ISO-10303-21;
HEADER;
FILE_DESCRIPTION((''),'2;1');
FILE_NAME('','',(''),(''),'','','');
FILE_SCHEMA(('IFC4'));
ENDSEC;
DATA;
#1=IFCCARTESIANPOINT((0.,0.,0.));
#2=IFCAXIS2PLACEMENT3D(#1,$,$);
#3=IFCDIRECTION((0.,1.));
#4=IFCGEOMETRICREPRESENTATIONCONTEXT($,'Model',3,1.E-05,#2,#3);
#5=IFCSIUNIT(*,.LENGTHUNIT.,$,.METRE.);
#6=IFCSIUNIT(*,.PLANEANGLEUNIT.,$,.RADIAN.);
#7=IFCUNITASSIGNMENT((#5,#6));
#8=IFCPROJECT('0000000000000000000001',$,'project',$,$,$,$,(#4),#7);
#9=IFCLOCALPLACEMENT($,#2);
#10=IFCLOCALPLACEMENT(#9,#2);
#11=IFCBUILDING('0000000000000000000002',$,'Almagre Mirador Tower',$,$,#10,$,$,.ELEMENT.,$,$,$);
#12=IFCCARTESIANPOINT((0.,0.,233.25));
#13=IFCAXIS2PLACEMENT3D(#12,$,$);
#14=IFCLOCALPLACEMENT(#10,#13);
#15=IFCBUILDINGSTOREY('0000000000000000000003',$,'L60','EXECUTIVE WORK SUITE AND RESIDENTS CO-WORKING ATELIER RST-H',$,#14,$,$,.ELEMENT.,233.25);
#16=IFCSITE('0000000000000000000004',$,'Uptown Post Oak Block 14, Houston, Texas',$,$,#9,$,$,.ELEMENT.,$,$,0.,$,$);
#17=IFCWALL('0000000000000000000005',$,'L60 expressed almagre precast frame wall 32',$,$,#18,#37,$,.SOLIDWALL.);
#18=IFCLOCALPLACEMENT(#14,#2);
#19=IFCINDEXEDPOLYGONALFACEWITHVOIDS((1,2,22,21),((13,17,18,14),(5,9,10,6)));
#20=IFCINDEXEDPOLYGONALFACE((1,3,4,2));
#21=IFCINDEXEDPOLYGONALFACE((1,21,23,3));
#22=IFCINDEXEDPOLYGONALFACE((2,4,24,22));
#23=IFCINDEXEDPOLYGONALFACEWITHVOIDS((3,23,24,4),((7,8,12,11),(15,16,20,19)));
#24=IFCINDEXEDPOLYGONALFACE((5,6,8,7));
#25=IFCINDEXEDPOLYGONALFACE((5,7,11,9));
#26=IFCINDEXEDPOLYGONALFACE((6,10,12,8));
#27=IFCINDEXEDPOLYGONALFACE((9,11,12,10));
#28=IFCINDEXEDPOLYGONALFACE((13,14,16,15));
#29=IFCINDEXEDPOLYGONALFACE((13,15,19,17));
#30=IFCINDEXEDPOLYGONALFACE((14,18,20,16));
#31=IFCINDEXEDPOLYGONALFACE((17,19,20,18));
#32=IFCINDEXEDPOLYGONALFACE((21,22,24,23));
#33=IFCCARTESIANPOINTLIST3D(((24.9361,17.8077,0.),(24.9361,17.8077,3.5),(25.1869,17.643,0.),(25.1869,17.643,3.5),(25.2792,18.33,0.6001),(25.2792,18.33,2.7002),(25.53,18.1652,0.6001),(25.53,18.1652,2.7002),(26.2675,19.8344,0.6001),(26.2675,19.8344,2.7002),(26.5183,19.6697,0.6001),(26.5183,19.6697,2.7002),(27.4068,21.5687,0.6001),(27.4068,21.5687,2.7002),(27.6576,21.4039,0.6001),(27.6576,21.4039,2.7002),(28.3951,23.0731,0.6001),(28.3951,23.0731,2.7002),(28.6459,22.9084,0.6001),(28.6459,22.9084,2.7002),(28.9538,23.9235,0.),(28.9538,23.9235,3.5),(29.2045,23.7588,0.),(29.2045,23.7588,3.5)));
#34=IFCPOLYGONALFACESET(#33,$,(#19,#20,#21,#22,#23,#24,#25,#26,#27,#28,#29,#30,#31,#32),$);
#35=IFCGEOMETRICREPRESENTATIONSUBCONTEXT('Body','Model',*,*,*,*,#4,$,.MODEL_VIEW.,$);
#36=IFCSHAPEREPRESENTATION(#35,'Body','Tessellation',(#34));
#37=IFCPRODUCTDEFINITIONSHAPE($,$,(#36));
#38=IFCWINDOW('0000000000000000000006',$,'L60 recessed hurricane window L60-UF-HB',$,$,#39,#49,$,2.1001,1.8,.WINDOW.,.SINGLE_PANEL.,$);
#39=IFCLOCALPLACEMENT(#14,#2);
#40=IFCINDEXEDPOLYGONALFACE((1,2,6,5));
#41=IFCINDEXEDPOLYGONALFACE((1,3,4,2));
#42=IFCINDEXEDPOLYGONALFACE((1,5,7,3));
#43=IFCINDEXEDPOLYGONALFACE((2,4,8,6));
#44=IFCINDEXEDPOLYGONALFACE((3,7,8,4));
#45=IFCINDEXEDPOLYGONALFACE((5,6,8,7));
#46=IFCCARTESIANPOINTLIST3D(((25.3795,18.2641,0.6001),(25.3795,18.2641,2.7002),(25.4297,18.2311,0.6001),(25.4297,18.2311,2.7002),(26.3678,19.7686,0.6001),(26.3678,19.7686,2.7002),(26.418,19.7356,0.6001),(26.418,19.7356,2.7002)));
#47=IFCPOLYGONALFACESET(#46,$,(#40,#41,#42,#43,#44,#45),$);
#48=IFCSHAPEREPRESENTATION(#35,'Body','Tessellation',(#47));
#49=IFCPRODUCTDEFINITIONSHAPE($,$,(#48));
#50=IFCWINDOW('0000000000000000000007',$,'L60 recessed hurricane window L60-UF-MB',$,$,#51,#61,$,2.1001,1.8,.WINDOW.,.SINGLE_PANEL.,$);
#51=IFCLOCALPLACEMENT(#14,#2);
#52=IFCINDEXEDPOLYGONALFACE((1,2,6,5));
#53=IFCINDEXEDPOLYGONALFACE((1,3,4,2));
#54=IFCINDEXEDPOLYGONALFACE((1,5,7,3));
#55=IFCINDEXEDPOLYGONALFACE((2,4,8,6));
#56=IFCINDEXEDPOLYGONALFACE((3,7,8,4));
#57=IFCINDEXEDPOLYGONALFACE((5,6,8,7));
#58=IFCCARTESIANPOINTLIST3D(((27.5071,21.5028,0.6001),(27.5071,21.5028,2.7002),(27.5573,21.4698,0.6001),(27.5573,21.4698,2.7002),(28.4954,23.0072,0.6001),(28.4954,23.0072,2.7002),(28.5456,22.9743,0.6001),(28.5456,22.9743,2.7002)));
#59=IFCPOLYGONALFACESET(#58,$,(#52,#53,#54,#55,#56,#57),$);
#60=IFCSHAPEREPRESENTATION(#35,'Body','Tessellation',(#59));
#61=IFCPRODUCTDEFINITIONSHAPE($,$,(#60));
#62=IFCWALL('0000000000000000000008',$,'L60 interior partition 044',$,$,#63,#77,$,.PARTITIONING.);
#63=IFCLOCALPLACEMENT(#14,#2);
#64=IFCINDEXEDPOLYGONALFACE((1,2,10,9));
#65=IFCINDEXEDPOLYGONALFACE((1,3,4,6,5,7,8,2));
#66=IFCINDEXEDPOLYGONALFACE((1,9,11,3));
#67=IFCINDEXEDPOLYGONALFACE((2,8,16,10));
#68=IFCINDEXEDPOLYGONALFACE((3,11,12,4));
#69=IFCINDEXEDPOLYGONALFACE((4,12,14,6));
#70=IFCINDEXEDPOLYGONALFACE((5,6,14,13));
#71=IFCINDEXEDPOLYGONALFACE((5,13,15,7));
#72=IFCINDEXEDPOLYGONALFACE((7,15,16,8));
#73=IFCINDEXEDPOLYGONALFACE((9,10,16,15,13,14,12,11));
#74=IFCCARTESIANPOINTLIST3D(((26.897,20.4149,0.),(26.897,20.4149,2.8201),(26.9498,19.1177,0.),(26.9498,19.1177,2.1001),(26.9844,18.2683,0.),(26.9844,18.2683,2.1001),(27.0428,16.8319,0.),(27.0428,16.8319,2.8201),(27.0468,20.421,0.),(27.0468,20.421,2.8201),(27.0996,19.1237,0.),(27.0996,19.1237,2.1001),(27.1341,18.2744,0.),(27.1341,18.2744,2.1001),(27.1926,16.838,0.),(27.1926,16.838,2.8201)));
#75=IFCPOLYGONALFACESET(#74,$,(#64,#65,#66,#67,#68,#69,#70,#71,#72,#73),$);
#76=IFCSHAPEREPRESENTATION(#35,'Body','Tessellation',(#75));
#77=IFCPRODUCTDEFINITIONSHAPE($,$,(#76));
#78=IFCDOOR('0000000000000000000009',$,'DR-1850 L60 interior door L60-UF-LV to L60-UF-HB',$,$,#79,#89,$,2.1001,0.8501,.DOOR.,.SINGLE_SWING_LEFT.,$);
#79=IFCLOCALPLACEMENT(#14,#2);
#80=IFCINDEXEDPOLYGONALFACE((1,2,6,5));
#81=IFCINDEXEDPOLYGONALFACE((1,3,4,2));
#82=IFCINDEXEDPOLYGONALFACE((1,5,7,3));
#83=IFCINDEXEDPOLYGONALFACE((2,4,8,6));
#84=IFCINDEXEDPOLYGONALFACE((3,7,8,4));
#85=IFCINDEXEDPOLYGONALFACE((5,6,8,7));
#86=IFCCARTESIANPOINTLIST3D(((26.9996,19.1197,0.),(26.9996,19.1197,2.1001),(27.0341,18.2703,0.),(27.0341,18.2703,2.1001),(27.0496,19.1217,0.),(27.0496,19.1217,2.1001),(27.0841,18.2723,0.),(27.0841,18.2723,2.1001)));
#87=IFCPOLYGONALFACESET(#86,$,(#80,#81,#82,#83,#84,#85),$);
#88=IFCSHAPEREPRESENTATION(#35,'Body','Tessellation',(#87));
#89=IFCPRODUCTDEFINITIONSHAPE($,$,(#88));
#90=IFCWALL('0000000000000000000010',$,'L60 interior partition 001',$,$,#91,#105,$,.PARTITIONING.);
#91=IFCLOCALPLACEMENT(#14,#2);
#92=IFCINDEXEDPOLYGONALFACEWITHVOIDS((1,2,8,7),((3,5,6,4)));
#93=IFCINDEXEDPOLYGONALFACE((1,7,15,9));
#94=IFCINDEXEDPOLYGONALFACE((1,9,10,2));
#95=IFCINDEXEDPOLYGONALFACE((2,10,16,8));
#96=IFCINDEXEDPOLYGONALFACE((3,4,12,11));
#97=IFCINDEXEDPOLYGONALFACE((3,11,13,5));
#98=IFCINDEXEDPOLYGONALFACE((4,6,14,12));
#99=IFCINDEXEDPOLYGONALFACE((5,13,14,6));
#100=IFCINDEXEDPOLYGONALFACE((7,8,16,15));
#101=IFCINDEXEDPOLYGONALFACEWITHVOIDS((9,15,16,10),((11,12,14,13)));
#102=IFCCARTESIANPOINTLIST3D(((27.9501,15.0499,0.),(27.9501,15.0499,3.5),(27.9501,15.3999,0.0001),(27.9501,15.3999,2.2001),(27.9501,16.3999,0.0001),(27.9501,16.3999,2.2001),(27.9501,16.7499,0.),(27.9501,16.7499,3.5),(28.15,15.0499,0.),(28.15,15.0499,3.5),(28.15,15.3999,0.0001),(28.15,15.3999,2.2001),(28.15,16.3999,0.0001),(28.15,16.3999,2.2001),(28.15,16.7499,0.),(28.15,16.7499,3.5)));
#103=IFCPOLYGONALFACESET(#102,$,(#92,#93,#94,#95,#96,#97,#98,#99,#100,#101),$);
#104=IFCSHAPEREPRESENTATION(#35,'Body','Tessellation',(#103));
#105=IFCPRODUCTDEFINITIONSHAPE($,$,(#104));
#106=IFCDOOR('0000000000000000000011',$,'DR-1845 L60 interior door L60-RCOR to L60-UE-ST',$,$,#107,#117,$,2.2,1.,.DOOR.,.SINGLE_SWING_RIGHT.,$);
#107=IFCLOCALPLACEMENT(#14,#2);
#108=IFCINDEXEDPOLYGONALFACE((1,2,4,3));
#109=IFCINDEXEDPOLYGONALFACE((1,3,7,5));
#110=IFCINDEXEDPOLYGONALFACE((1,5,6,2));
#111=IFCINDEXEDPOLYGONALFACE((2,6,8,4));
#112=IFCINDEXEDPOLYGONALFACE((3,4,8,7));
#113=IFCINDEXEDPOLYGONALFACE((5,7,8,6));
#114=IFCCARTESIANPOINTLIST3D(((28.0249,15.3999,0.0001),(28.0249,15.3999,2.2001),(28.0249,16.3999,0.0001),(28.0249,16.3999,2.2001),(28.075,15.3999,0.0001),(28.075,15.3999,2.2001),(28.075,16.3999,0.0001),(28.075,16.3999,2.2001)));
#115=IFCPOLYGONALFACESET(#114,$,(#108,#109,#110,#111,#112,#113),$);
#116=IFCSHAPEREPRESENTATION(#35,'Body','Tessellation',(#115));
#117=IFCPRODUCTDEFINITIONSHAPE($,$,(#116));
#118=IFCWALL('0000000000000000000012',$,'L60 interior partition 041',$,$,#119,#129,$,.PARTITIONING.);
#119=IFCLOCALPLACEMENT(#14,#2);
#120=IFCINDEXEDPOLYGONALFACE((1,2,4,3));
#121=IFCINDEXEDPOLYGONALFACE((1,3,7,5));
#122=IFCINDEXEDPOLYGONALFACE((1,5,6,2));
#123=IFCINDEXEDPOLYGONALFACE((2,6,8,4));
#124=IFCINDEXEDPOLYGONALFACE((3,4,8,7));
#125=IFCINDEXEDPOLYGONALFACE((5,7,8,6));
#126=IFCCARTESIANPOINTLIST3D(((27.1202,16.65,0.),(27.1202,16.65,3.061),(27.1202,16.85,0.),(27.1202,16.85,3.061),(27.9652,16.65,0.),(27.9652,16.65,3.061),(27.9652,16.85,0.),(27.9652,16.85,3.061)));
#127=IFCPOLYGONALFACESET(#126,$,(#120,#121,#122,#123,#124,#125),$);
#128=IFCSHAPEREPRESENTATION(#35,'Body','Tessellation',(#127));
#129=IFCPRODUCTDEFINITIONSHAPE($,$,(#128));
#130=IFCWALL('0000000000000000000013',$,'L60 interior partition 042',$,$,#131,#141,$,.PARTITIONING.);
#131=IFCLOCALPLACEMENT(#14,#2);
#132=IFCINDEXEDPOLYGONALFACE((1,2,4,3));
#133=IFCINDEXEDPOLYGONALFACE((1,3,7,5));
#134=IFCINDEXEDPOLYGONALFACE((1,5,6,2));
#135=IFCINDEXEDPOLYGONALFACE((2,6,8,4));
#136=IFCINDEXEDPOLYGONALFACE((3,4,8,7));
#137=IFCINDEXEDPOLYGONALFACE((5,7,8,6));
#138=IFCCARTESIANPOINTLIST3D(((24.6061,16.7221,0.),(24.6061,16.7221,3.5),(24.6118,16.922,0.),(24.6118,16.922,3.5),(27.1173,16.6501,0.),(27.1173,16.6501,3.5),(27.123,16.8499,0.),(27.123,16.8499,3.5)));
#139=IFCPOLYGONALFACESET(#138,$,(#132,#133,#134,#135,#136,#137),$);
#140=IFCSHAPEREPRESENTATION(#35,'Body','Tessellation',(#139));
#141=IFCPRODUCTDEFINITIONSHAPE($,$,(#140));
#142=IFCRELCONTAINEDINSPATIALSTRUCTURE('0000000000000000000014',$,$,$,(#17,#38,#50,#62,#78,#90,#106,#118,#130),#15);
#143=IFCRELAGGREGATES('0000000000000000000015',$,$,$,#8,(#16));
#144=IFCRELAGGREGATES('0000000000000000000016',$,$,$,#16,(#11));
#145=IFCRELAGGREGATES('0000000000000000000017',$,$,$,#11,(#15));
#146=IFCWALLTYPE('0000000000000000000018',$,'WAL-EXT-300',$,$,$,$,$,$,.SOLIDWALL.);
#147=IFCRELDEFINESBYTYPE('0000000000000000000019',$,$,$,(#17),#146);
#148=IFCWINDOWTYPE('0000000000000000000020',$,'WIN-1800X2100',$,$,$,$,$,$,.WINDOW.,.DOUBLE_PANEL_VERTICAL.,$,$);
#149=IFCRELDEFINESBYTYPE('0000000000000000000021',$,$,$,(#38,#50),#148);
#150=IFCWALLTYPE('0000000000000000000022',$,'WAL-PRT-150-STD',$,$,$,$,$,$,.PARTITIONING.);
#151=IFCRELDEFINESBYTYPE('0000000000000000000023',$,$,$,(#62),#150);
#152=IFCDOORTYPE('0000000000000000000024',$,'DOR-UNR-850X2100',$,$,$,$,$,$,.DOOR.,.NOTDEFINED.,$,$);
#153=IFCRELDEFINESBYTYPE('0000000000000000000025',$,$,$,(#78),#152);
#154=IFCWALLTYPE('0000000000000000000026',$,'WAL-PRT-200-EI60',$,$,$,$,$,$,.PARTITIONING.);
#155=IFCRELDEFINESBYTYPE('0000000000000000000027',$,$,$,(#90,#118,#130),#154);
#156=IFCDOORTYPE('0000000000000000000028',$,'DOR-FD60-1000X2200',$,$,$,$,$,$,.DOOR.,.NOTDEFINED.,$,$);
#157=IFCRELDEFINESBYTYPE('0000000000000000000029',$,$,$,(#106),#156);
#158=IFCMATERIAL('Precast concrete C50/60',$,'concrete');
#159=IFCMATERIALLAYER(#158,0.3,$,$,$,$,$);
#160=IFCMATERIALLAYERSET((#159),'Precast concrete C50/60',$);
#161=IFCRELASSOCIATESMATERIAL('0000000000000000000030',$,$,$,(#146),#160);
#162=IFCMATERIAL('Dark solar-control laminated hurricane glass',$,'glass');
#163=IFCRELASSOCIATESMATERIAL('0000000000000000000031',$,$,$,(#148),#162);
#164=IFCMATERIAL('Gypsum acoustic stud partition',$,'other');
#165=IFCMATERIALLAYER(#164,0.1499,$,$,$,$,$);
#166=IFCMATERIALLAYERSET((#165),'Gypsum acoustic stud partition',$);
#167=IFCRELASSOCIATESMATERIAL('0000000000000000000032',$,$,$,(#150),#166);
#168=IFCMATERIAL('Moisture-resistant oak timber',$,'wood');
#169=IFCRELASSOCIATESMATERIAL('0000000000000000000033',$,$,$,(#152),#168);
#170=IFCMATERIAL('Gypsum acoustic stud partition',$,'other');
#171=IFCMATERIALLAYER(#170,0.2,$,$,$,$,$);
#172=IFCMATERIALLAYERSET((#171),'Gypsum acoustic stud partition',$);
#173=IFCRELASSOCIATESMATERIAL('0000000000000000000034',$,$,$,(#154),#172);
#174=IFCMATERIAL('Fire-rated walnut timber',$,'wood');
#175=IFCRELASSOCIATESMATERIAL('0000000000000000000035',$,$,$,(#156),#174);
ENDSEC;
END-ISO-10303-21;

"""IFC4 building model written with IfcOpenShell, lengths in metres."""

from ifc_helpers import new_model, si_unit, direction, frame, frame_2d, origin, place, context, subcontext, project, spatial, rectangle, extrude, material, layer, layer_set, type_object, element, fill, save


model = new_model("IFC4")

# Units and contexts
model_context = context("Model", 3, precision=1e-05, world=origin(), true_north=direction((0.0, 1.0)))
body_context = subcontext(model_context, "Body", "Model", "MODEL_VIEW")
ifc_project = project(units=[si_unit("LENGTHUNIT", "METRE"), si_unit("PLANEANGLEUNIT", "RADIAN")], contexts=[model_context])

# Site, building, storey
site_placement = place(None, origin())
site = spatial("IfcSite", under=ifc_project, at=site_placement, Name="Uptown Post Oak Block 14, Houston, Texas", CompositionType="ELEMENT", RefElevation=0.0)
building_placement = place(site_placement, origin())
building = spatial("IfcBuilding", under=site, at=building_placement, Name="Almagre Mirador Tower", CompositionType="ELEMENT")
storey_placement = place(building_placement, frame((0.0, 0.0, 233.25)))
storey = spatial("IfcBuildingStorey", under=building, at=storey_placement, Name="L60", Description="EXECUTIVE WORK SUITE AND RESIDENTS CO-WORKING ATELIER RST-H", CompositionType="ELEMENT", Elevation=233.25)

# Shared definitions
ifc_material_1 = material(Name="Precast concrete C50/60", Category="concrete")
ifc_layer_1 = layer(ifc_material_1, 0.3)
ifc_layer_set_1 = layer_set([ifc_layer_1], Name="Precast concrete C50/60")
wall_type_1 = type_object("IfcWallType", Name="WAL-EXT-300", PredefinedType="SOLIDWALL", material=ifc_layer_set_1)

# Wall, openings, windows
wall_1_placement = place(storey_placement, frame((25.0615, 17.7253, 0.0), z_axis=(0.0, 0.0, 1.0), x_axis=(0.549051, 0.835789, 0.0)))
wall_1 = element("IfcWall", 1, at=wall_1_placement, inside=storey, type_object=wall_type_1, Name="L60 expressed almagre precast frame wall 32", PredefinedType="SOLIDWALL", context=body_context, shape_type="SweptSolid", body=[
    extrude(rectangle(XDim=7.3174, YDim=0.3, at=frame_2d((3.6587, 0.0))), origin(), (0.0, 0.0, 1.0), 3.5),
])
opening_1_placement = place(wall_1_placement, frame((0.625, 0.0, 0.6001)))
opening_1 = element("IfcOpeningElement", 2, at=opening_1_placement, cuts=wall_1, PredefinedType="OPENING", context=body_context, shape_type="SweptSolid", body=[
    extrude(rectangle(XDim=1.8, YDim=2.1001, at=frame_2d((0.8999, 1.05))), frame((0.0, 0.1599, 0.0), z_axis=(0.0, -1.0, 0.0), x_axis=(1.0, 0.0, 0.0)), (0.0, 0.0, 1.0), 0.32),
])
opening_2_placement = place(wall_1_placement, frame((4.5, 0.0, 0.6001)))
opening_2 = element("IfcOpeningElement", 3, at=opening_2_placement, cuts=wall_1, PredefinedType="OPENING", context=body_context, shape_type="SweptSolid", body=[
    extrude(rectangle(XDim=1.8, YDim=2.1001, at=frame_2d((0.8999, 1.05))), frame((0.0, 0.1599, 0.0), z_axis=(0.0, -1.0, 0.0), x_axis=(1.0, 0.0, 0.0)), (0.0, 0.0, 1.0), 0.32),
])
ifc_material_2 = material(Name="Dark solar-control laminated hurricane glass", Category="glass")
window_type_1 = type_object("IfcWindowType", Name="WIN-1800X2100", PartitioningType="DOUBLE_PANEL_VERTICAL", PredefinedType="WINDOW", material=ifc_material_2)
window_1_placement = place(opening_1_placement, origin())
window_1 = element("IfcWindow", 4, at=window_1_placement, inside=storey, type_object=window_type_1, Name="L60 recessed hurricane window L60-UF-HB", OverallHeight=2.1001, OverallWidth=1.8, PartitioningType="SINGLE_PANEL", PredefinedType="WINDOW", context=body_context, shape_type="SweptSolid", body=[
    extrude(rectangle(XDim=1.8, YDim=2.1001, at=frame_2d((0.8999, 1.05))), frame((0.0, 0.03, 0.0), z_axis=(0.0, -1.0, 0.0), x_axis=(1.0, 0.0, 0.0)), (0.0, 0.0, 1.0), 0.0601),
])
fill(opening_1, window_1)
window_2_placement = place(opening_2_placement, origin())
window_2 = element("IfcWindow", 5, at=window_2_placement, inside=storey, type_object=window_type_1, Name="L60 recessed hurricane window L60-UF-MB", OverallHeight=2.1001, OverallWidth=1.8, PartitioningType="SINGLE_PANEL", PredefinedType="WINDOW", context=body_context, shape_type="SweptSolid", body=[
    extrude(rectangle(XDim=1.8, YDim=2.1001, at=frame_2d((0.8999, 1.05))), frame((0.0, 0.03, 0.0), z_axis=(0.0, -1.0, 0.0), x_axis=(1.0, 0.0, 0.0)), (0.0, 0.0, 1.0), 0.0601),
])
fill(opening_2, window_2)

# Walls, openings, doors
ifc_material_3 = material(Name="Gypsum acoustic stud partition", Category="other")
ifc_layer_2 = layer(ifc_material_3, 0.1499)
ifc_layer_set_2 = layer_set([ifc_layer_2], Name="Gypsum acoustic stud partition")
wall_type_2 = type_object("IfcWallType", Name="WAL-PRT-150-STD", PredefinedType="PARTITIONING", material=ifc_layer_set_2)
wall_2_placement = place(storey_placement, frame((26.9719, 20.418, 0.0), z_axis=(0.0, 0.0, 1.0), x_axis=(0.040645, -0.999174, 0.0)))
wall_2 = element("IfcWall", 6, at=wall_2_placement, inside=storey, type_object=wall_type_2, Name="L60 interior partition 044", PredefinedType="PARTITIONING", context=body_context, shape_type="SweptSolid", body=[
    extrude(rectangle(XDim=3.5859, YDim=0.1499, at=frame_2d((1.793, 0.0))), origin(), (0.0, 0.0, 1.0), 2.8201),
])
opening_3_placement = place(wall_2_placement, frame((1.2983, 0.0, 0.0)))
opening_3 = element("IfcOpeningElement", 7, at=opening_3_placement, cuts=wall_2, PredefinedType="OPENING", context=body_context, shape_type="SweptSolid", body=[
    extrude(rectangle(XDim=0.8501, YDim=2.1001, at=frame_2d((0.425, 1.05))), frame((0.0, 0.085, 0.0), z_axis=(0.0, -1.0, 0.0), x_axis=(1.0, 0.0, 0.0)), (0.0, 0.0, 1.0), 0.1699),
])
ifc_material_4 = material(Name="Moisture-resistant oak timber", Category="wood")
door_type_1 = type_object("IfcDoorType", Name="DOR-UNR-850X2100", OperationType="NOTDEFINED", PredefinedType="DOOR", material=ifc_material_4)
door_1_placement = place(opening_3_placement, origin())
door_1 = element("IfcDoor", 8, at=door_1_placement, inside=storey, type_object=door_type_1, Name="DR-1850 L60 interior door L60-UF-LV to L60-UF-HB", OperationType="SINGLE_SWING_LEFT", OverallHeight=2.1001, OverallWidth=0.8501, PredefinedType="DOOR", context=body_context, shape_type="SweptSolid", body=[
    extrude(rectangle(XDim=0.8501, YDim=2.1001, at=frame_2d((0.425, 1.05))), frame((0.0, 0.0249, 0.0), z_axis=(0.0, -1.0, 0.0), x_axis=(1.0, 0.0, 0.0)), (0.0, 0.0, 1.0), 0.05),
])
fill(opening_3, door_1)
ifc_material_5 = material(Name="Gypsum acoustic stud partition", Category="other")
ifc_layer_3 = layer(ifc_material_5, 0.2)
ifc_layer_set_3 = layer_set([ifc_layer_3], Name="Gypsum acoustic stud partition")
wall_type_3 = type_object("IfcWallType", Name="WAL-PRT-200-EI60", PredefinedType="PARTITIONING", material=ifc_layer_set_3)
wall_3_placement = place(storey_placement, frame((28.05, 16.75, 0.0), z_axis=(0.0, 0.0, 1.0), x_axis=(0.0, -1.0, 0.0)))
wall_3 = element("IfcWall", 9, at=wall_3_placement, inside=storey, type_object=wall_type_3, Name="L60 interior partition 001", PredefinedType="PARTITIONING", context=body_context, shape_type="SweptSolid", body=[
    extrude(rectangle(XDim=1.7, YDim=0.2, at=frame_2d((0.8501, 0.0))), origin(), (0.0, 0.0, 1.0), 3.5),
])
opening_4_placement = place(wall_3_placement, frame((0.3501, 0.0, 0.0)))
opening_4 = element("IfcOpeningElement", 10, at=opening_4_placement, cuts=wall_3, PredefinedType="OPENING", context=body_context, shape_type="SweptSolid", body=[
    extrude(rectangle(XDim=1.0, YDim=2.2, at=frame_2d((0.5, 1.1001))), frame((0.0, 0.1101, 0.0), z_axis=(0.0, -1.0, 0.0), x_axis=(1.0, 0.0, 0.0)), (0.0, 0.0, 1.0), 0.22),
])
ifc_material_6 = material(Name="Fire-rated walnut timber", Category="wood")
door_type_2 = type_object("IfcDoorType", Name="DOR-FD60-1000X2200", OperationType="NOTDEFINED", PredefinedType="DOOR", material=ifc_material_6)
door_2_placement = place(opening_4_placement, origin())
door_2 = element("IfcDoor", 11, at=door_2_placement, inside=storey, type_object=door_type_2, Name="DR-1845 L60 interior door L60-RCOR to L60-UE-ST", OperationType="SINGLE_SWING_RIGHT", OverallHeight=2.2, OverallWidth=1.0, PredefinedType="DOOR", context=body_context, shape_type="SweptSolid", body=[
    extrude(rectangle(XDim=1.0, YDim=2.2, at=frame_2d((0.5, 1.1001))), frame((0.0, 0.0249, 0.0), z_axis=(0.0, -1.0, 0.0), x_axis=(1.0, 0.0, 0.0)), (0.0, 0.0, 1.0), 0.05),
])
fill(opening_4, door_2)

# Walls
wall_4_placement = place(storey_placement, frame((27.9651, 16.75, 0.0), z_axis=(0.0, 0.0, 1.0), x_axis=(-1.0, 0.0, 0.0)))
element("IfcWall", 12, at=wall_4_placement, inside=storey, type_object=wall_type_3, Name="L60 interior partition 041", PredefinedType="PARTITIONING", context=body_context, shape_type="SweptSolid", body=[
    extrude(rectangle(XDim=0.845, YDim=0.2, at=frame_2d((0.4224, 0.0))), origin(), (0.0, 0.0, 1.0), 3.061),
])
wall_5_placement = place(storey_placement, frame((27.1201, 16.75, 0.0), z_axis=(0.0, 0.0, 1.0), x_axis=(-0.999589, 0.028668, 0.0)))
element("IfcWall", 13, at=wall_5_placement, inside=storey, type_object=wall_type_3, Name="L60 interior partition 042", PredefinedType="PARTITIONING", context=body_context, shape_type="SweptSolid", body=[
    extrude(rectangle(XDim=2.5122, YDim=0.2, at=frame_2d((1.2561, 0.0))), origin(), (0.0, 0.0, 1.0), 3.5),
])

save(model, "model.ifc")
